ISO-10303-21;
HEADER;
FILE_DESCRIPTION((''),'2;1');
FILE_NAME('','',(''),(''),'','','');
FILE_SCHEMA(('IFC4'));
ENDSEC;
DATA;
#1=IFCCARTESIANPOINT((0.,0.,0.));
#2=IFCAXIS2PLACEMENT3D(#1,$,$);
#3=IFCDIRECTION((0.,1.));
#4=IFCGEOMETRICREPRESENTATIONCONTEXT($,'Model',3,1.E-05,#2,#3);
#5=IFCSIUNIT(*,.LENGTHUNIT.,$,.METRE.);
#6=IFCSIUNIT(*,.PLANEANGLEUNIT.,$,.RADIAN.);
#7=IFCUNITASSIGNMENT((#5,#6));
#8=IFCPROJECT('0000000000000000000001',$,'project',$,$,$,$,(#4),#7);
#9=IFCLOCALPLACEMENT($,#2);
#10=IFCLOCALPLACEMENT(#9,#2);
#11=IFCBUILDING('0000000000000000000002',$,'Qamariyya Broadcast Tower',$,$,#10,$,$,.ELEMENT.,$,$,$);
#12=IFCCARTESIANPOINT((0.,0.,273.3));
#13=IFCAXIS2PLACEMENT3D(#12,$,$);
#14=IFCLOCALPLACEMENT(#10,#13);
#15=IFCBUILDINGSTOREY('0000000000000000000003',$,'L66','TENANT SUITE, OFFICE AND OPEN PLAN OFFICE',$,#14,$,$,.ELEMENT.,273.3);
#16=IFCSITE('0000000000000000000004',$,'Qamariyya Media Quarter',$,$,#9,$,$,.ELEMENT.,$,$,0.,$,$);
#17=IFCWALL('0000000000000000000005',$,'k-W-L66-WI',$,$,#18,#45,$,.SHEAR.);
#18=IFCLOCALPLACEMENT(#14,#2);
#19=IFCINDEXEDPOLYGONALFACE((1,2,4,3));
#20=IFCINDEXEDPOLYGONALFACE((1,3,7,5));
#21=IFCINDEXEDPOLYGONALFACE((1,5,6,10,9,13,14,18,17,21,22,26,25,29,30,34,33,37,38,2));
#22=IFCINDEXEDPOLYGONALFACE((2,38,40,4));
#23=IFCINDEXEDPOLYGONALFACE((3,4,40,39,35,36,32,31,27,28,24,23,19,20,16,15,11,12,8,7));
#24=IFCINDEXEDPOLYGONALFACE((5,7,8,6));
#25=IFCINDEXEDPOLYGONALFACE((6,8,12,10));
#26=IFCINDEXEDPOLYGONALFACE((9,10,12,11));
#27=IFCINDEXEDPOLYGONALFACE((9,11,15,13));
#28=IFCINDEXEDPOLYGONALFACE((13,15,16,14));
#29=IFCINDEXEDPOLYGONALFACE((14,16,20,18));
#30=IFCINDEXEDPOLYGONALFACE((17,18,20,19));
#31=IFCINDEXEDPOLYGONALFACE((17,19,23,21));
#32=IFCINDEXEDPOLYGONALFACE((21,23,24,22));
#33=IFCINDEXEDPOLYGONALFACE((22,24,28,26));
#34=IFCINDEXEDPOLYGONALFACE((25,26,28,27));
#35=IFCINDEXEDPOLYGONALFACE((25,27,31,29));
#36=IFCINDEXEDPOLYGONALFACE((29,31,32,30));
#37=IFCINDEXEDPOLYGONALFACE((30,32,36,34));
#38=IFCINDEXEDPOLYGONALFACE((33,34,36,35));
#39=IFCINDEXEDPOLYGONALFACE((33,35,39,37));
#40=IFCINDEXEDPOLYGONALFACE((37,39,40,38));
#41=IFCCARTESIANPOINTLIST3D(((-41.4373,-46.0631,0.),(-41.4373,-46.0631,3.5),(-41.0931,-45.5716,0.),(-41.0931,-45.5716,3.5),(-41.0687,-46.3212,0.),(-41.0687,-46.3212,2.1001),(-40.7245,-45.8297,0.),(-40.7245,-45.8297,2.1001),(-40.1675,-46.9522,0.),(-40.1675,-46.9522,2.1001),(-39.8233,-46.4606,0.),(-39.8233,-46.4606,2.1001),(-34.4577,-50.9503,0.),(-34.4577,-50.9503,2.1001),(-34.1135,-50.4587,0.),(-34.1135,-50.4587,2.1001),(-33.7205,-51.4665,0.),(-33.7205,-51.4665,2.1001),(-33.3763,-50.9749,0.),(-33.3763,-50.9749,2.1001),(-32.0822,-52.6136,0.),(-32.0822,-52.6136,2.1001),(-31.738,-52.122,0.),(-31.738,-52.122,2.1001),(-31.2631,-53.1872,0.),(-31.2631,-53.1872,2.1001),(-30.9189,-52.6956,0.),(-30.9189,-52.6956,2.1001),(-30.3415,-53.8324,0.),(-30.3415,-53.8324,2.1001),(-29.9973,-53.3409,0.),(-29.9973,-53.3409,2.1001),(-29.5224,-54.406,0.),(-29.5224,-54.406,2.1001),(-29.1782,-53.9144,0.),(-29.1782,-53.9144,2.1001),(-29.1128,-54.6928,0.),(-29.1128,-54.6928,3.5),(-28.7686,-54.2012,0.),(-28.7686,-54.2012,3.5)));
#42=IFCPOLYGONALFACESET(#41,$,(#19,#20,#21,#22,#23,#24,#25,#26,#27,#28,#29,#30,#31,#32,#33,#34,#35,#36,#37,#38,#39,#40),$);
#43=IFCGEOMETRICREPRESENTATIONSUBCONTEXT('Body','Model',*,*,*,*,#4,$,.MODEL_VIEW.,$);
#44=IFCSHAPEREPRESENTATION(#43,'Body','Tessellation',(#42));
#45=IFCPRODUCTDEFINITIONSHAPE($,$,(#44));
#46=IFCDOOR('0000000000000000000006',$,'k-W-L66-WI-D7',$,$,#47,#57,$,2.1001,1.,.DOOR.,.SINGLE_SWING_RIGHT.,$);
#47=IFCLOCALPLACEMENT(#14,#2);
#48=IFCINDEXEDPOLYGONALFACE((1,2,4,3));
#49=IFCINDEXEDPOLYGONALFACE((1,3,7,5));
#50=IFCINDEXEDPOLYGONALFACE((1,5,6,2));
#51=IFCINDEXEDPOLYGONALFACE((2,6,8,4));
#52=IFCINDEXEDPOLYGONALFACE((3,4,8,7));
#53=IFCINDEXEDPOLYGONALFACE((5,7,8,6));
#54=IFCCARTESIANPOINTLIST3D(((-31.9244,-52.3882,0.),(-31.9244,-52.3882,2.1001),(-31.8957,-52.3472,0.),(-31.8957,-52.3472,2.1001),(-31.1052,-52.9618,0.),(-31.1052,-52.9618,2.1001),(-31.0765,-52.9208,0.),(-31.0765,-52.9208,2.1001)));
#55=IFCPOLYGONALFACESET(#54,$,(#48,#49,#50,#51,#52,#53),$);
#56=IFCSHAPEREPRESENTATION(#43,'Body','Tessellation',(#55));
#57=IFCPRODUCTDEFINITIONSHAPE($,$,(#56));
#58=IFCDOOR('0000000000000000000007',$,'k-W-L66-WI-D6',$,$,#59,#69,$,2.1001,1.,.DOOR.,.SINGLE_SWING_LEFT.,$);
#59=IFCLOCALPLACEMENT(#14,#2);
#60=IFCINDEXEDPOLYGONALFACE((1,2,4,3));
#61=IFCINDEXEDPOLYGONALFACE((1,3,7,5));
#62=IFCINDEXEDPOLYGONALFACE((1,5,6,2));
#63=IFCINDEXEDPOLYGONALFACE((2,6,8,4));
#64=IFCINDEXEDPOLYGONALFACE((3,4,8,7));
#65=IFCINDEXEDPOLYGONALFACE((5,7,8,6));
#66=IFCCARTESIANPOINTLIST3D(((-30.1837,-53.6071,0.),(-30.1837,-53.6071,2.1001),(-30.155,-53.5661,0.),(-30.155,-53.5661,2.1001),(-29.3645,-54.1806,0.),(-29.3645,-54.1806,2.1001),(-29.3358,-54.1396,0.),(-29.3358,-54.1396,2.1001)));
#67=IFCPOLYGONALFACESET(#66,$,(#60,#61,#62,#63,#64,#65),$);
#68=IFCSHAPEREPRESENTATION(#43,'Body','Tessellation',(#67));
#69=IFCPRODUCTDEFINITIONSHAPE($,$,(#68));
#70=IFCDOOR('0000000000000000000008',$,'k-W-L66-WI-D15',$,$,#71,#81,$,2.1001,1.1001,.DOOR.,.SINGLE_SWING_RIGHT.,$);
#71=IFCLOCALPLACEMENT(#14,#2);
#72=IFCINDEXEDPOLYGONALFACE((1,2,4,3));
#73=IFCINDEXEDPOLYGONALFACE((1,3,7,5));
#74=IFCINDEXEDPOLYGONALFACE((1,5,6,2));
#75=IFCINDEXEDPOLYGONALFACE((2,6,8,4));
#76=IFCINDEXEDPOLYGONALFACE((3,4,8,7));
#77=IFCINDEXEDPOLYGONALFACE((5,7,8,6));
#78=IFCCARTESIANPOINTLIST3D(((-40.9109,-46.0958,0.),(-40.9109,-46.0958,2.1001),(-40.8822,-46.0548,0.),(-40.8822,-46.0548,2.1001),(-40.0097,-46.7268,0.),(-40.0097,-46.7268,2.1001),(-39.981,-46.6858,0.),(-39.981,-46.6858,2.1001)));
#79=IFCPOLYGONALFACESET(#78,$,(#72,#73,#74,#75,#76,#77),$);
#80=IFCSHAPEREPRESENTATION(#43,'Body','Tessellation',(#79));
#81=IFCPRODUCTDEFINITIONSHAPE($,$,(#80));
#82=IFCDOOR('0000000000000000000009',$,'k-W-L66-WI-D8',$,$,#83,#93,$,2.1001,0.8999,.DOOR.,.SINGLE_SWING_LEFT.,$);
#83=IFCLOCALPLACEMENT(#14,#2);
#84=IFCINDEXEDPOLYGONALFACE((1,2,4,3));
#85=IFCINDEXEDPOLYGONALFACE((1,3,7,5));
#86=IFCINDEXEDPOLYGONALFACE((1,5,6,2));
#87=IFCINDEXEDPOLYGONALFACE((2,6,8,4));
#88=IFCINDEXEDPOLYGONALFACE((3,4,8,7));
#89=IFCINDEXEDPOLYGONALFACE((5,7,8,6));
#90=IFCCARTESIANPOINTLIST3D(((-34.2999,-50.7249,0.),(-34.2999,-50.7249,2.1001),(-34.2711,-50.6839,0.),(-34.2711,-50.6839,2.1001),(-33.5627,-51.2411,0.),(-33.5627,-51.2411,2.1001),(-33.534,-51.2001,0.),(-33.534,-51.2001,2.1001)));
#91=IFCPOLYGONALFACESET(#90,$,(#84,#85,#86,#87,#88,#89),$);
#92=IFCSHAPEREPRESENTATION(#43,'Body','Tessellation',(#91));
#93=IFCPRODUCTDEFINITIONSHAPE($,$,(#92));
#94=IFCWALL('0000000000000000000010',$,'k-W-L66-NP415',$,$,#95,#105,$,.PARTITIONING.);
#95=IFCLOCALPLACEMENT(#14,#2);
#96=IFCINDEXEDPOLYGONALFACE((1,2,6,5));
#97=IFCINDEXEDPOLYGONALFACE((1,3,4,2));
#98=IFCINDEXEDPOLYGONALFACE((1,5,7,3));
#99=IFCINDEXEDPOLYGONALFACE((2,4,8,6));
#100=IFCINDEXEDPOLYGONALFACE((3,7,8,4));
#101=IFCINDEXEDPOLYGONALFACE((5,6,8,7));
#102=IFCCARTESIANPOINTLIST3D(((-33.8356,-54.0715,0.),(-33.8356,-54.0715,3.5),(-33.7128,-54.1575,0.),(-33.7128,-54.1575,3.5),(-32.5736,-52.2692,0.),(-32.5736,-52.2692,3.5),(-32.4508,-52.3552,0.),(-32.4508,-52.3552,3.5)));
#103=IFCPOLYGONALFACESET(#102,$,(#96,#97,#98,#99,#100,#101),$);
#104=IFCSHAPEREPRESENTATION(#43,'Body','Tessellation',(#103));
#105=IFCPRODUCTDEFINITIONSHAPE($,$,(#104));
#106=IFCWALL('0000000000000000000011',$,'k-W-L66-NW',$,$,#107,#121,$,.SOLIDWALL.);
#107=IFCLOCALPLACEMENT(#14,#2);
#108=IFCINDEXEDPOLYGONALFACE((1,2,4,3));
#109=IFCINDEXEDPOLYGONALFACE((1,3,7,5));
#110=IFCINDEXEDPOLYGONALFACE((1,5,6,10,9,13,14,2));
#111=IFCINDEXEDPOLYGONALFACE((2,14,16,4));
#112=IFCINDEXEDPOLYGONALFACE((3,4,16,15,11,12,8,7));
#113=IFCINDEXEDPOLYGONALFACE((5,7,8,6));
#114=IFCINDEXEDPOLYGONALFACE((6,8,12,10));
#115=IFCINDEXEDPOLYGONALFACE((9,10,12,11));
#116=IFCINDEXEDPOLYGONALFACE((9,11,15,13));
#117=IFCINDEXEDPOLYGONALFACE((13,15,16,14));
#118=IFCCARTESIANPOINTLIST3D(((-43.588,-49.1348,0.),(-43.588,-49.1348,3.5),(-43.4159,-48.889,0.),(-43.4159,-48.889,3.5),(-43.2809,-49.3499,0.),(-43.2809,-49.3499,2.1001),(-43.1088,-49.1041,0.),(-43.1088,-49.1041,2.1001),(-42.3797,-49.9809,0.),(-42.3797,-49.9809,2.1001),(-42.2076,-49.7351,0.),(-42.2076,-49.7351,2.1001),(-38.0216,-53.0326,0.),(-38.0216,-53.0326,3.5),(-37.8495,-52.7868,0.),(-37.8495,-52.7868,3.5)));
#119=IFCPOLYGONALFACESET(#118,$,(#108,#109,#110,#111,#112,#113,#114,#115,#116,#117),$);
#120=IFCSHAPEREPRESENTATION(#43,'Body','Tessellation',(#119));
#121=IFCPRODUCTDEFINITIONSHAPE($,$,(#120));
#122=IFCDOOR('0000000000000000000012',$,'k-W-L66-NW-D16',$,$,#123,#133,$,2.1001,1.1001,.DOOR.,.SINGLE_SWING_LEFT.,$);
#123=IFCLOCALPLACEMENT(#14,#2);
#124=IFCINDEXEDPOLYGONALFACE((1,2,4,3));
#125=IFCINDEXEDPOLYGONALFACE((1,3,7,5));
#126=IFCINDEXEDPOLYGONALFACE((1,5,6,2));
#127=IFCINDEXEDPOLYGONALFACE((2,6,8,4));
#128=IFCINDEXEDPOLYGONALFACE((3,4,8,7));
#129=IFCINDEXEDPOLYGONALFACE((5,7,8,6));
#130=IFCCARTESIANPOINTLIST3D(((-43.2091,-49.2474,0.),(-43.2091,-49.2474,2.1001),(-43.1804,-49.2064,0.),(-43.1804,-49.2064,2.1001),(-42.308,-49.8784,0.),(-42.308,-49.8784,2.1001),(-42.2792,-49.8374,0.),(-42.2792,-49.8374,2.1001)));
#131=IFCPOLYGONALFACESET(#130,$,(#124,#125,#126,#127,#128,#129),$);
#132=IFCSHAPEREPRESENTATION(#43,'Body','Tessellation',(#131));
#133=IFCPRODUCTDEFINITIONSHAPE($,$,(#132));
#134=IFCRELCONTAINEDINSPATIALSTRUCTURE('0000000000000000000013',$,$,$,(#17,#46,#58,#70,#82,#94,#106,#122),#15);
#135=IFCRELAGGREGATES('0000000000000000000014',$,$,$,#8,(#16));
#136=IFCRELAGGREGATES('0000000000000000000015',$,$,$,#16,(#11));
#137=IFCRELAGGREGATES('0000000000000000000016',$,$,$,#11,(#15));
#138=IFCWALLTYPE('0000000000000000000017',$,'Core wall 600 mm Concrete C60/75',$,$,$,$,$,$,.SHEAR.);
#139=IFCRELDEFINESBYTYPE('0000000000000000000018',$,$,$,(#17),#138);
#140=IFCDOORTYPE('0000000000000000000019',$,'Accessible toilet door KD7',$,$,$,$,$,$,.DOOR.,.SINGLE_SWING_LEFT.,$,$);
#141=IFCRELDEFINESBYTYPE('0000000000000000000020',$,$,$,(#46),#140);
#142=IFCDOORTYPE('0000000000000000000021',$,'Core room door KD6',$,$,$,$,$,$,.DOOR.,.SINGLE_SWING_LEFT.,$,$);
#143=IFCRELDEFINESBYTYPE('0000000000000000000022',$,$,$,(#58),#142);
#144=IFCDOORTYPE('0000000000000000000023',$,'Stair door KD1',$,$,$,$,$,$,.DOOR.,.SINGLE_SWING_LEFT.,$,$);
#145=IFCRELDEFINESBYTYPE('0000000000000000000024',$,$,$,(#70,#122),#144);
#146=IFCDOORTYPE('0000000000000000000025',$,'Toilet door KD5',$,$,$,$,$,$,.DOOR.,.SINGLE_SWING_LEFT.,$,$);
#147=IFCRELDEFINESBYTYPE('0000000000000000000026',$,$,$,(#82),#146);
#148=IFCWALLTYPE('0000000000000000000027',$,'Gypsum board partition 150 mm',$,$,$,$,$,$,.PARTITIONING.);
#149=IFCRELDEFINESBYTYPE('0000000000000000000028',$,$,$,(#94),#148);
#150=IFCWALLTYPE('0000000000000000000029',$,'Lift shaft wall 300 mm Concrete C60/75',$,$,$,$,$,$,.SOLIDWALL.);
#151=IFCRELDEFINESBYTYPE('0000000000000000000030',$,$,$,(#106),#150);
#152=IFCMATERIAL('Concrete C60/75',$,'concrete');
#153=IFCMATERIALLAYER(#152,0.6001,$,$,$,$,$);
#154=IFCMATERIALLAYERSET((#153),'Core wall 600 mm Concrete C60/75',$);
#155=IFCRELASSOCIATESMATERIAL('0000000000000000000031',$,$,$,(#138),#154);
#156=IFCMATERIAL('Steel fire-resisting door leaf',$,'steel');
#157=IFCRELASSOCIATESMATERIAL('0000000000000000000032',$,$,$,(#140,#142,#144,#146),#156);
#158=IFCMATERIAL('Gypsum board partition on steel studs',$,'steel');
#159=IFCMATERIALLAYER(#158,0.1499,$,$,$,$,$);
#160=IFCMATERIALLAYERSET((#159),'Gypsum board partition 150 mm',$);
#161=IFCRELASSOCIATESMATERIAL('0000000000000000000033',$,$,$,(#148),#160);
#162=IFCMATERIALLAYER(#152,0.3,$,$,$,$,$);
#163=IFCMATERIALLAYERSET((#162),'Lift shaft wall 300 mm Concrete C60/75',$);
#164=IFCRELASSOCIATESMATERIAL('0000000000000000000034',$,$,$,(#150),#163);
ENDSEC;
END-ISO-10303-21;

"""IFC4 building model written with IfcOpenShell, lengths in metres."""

from ifc_helpers import new_model, si_unit, direction, frame, frame_2d, origin, place, context, subcontext, project, spatial, rectangle, extrude, material, layer, layer_set, type_object, element, fill, save


model = new_model("IFC4")

# Units and contexts
model_context = context("Model", 3, precision=1e-05, world=origin(), true_north=direction((0.0, 1.0)))
body_context = subcontext(model_context, "Body", "Model", "MODEL_VIEW")
ifc_project = project(units=[si_unit("LENGTHUNIT", "METRE"), si_unit("PLANEANGLEUNIT", "RADIAN")], contexts=[model_context])

# Site, building, storey
site_placement = place(None, origin())
site = spatial("IfcSite", under=ifc_project, at=site_placement, Name="Qamariyya Media Quarter", CompositionType="ELEMENT", RefElevation=0.0)
building_placement = place(site_placement, origin())
building = spatial("IfcBuilding", under=site, at=building_placement, Name="Qamariyya Broadcast Tower", CompositionType="ELEMENT")
storey_placement = place(building_placement, frame((0.0, 0.0, 273.3)))
storey = spatial("IfcBuildingStorey", under=building, at=storey_placement, Name="L66", Description="TENANT SUITE, OFFICE AND OPEN PLAN OFFICE", CompositionType="ELEMENT", Elevation=273.3)

# Wall, openings, doors
ifc_material_1 = material(Name="Concrete C60/75", Category="concrete")
ifc_layer_1 = layer(ifc_material_1, 0.6001)
ifc_layer_set_1 = layer_set([ifc_layer_1], Name="Core wall 600 mm Concrete C60/75")
wall_type_1 = type_object("IfcWallType", Name="Core wall 600 mm Concrete C60/75", PredefinedType="SHEAR", material=ifc_layer_set_1)
wall_1_placement = place(storey_placement, frame((-28.9407, -54.447, 0.0), z_axis=(0.0, 0.0, 1.0), x_axis=(-0.819153, 0.573575, 0.0)))
wall_1 = element("IfcWall", 1, at=wall_1_placement, inside=storey, type_object=wall_type_1, Name="k-W-L66-WI", PredefinedType="SHEAR", context=body_context, shape_type="SweptSolid", body=[
    extrude(rectangle(XDim=15.0454, YDim=0.6001, at=frame_2d((7.5227, 0.0))), origin(), (0.0, 0.0, 1.0), 3.5),
])
opening_1_placement = place(wall_1_placement, frame((0.5, 0.0, 0.0)))
opening_1 = element("IfcOpeningElement", 2, at=opening_1_placement, cuts=wall_1, PredefinedType="OPENING", context=body_context, shape_type="SweptSolid", body=[
    extrude(rectangle(XDim=1.0, YDim=2.1001, at=frame_2d((0.5, 1.05))), frame((0.0, 0.3101, 0.0), z_axis=(0.0, -1.0, 0.0), x_axis=(1.0, 0.0, 0.0)), (0.0, 0.0, 1.0), 0.6201),
])
opening_2_placement = place(wall_1_placement, frame((2.625, 0.0, 0.0)))
opening_2 = element("IfcOpeningElement", 3, at=opening_2_placement, cuts=wall_1, PredefinedType="OPENING", context=body_context, shape_type="SweptSolid", body=[
    extrude(rectangle(XDim=1.0, YDim=2.1001, at=frame_2d((0.5, 1.05))), frame((0.0, 0.3101, 0.0), z_axis=(0.0, -1.0, 0.0), x_axis=(1.0, 0.0, 0.0)), (0.0, 0.0, 1.0), 0.6201),
])
opening_3_placement = place(wall_1_placement, frame((5.625, 0.0, 0.0)))
opening_3 = element("IfcOpeningElement", 4, at=opening_3_placement, cuts=wall_1, PredefinedType="OPENING", context=body_context, shape_type="SweptSolid", body=[
    extrude(rectangle(XDim=0.8999, YDim=2.1001, at=frame_2d((0.45, 1.05))), frame((0.0, 0.3101, 0.0), z_axis=(0.0, -1.0, 0.0), x_axis=(1.0, 0.0, 0.0)), (0.0, 0.0, 1.0), 0.6201),
])
opening_4_placement = place(wall_1_placement, frame((13.4954, 0.0, 0.0)))
opening_4 = element("IfcOpeningElement", 5, at=opening_4_placement, cuts=wall_1, PredefinedType="OPENING", context=body_context, shape_type="SweptSolid", body=[
    extrude(rectangle(XDim=1.1001, YDim=2.1001, at=frame_2d((0.55, 1.05))), frame((0.0, 0.3101, 0.0), z_axis=(0.0, -1.0, 0.0), x_axis=(1.0, 0.0, 0.0)), (0.0, 0.0, 1.0), 0.6201),
])
ifc_material_2 = material(Name="Steel fire-resisting door leaf", Category="steel")
door_type_1 = type_object("IfcDoorType", Name="Accessible toilet door KD7", OperationType="SINGLE_SWING_LEFT", PredefinedType="DOOR", material=ifc_material_2)
door_1_placement = place(opening_2_placement, origin())
door_1 = element("IfcDoor", 6, at=door_1_placement, inside=storey, type_object=door_type_1, Name="k-W-L66-WI-D7", OperationType="SINGLE_SWING_RIGHT", OverallHeight=2.1001, OverallWidth=1.0, PredefinedType="DOOR", context=body_context, shape_type="SweptSolid", body=[
    extrude(rectangle(XDim=1.0, YDim=2.1001, at=frame_2d((0.5, 1.05))), frame((0.0, 0.0249, 0.0), z_axis=(0.0, -1.0, 0.0), x_axis=(1.0, 0.0, 0.0)), (0.0, 0.0, 1.0), 0.05),
])
fill(opening_2, door_1)
door_type_2 = type_object("IfcDoorType", Name="Core room door KD6", OperationType="SINGLE_SWING_LEFT", PredefinedType="DOOR", material=ifc_material_2)
door_2_placement = place(opening_1_placement, origin())
door_2 = element("IfcDoor", 7, at=door_2_placement, inside=storey, type_object=door_type_2, Name="k-W-L66-WI-D6", OperationType="SINGLE_SWING_LEFT", OverallHeight=2.1001, OverallWidth=1.0, PredefinedType="DOOR", context=body_context, shape_type="SweptSolid", body=[
    extrude(rectangle(XDim=1.0, YDim=2.1001, at=frame_2d((0.5, 1.05))), frame((0.0, 0.0249, 0.0), z_axis=(0.0, -1.0, 0.0), x_axis=(1.0, 0.0, 0.0)), (0.0, 0.0, 1.0), 0.05),
])
fill(opening_1, door_2)
door_type_3 = type_object("IfcDoorType", Name="Stair door KD1", OperationType="SINGLE_SWING_LEFT", PredefinedType="DOOR", material=ifc_material_2)
door_3_placement = place(opening_4_placement, origin())
door_3 = element("IfcDoor", 8, at=door_3_placement, inside=storey, type_object=door_type_3, Name="k-W-L66-WI-D15", OperationType="SINGLE_SWING_RIGHT", OverallHeight=2.1001, OverallWidth=1.1001, PredefinedType="DOOR", context=body_context, shape_type="SweptSolid", body=[
    extrude(rectangle(XDim=1.1001, YDim=2.1001, at=frame_2d((0.55, 1.05))), frame((0.0, 0.0249, 0.0), z_axis=(0.0, -1.0, 0.0), x_axis=(1.0, 0.0, 0.0)), (0.0, 0.0, 1.0), 0.05),
])
fill(opening_4, door_3)
door_type_4 = type_object("IfcDoorType", Name="Toilet door KD5", OperationType="SINGLE_SWING_LEFT", PredefinedType="DOOR", material=ifc_material_2)
door_4_placement = place(opening_3_placement, origin())
door_4 = element("IfcDoor", 9, at=door_4_placement, inside=storey, type_object=door_type_4, Name="k-W-L66-WI-D8", OperationType="SINGLE_SWING_LEFT", OverallHeight=2.1001, OverallWidth=0.8999, PredefinedType="DOOR", context=body_context, shape_type="SweptSolid", body=[
    extrude(rectangle(XDim=0.8999, YDim=2.1001, at=frame_2d((0.45, 1.05))), frame((0.0, 0.0249, 0.0), z_axis=(0.0, -1.0, 0.0), x_axis=(1.0, 0.0, 0.0)), (0.0, 0.0, 1.0), 0.05),
])
fill(opening_3, door_4)

# Wall
ifc_material_3 = material(Name="Gypsum board partition on steel studs", Category="steel")
ifc_layer_2 = layer(ifc_material_3, 0.1499)
ifc_layer_set_2 = layer_set([ifc_layer_2], Name="Gypsum board partition 150 mm")
wall_type_2 = type_object("IfcWallType", Name="Gypsum board partition 150 mm", PredefinedType="PARTITIONING", material=ifc_layer_set_2)
wall_2_placement = place(storey_placement, frame((-33.7742, -54.1145, 0.0), z_axis=(0.0, 0.0, 1.0), x_axis=(0.573581, 0.819149, 0.0)))
element("IfcWall", 10, at=wall_2_placement, inside=storey, type_object=wall_type_2, Name="k-W-L66-NP415", PredefinedType="PARTITIONING", context=body_context, shape_type="SweptSolid", body=[
    extrude(rectangle(XDim=2.2002, YDim=0.1499, at=frame_2d((1.1001, 0.0))), origin(), (0.0, 0.0, 1.0), 3.5),
])

# Wall, opening, door
ifc_layer_3 = layer(ifc_material_1, 0.3)
ifc_layer_set_3 = layer_set([ifc_layer_3], Name="Lift shaft wall 300 mm Concrete C60/75")
wall_type_3 = type_object("IfcWallType", Name="Lift shaft wall 300 mm Concrete C60/75", PredefinedType="SOLIDWALL", material=ifc_layer_set_3)
wall_3_placement = place(storey_placement, frame((-37.9355, -52.9097, 0.0), z_axis=(0.0, 0.0, 1.0), x_axis=(-0.819148, 0.573583, 0.0)))
wall_3 = element("IfcWall", 11, at=wall_3_placement, inside=storey, type_object=wall_type_3, Name="k-W-L66-NW", PredefinedType="SOLIDWALL", context=body_context, shape_type="SweptSolid", body=[
    extrude(rectangle(XDim=6.7954, YDim=0.3, at=frame_2d((3.3977, 0.0))), origin(), (0.0, 0.0, 1.0), 3.5),
])
opening_5_placement = place(wall_3_placement, frame((5.3203, 0.0, 0.0)))
opening_5 = element("IfcOpeningElement", 12, at=opening_5_placement, cuts=wall_3, PredefinedType="OPENING", context=body_context, shape_type="SweptSolid", body=[
    extrude(rectangle(XDim=1.1001, YDim=2.1001, at=frame_2d((0.55, 1.05))), frame((0.0, 0.1599, 0.0), z_axis=(0.0, -1.0, 0.0), x_axis=(1.0, 0.0, 0.0)), (0.0, 0.0, 1.0), 0.3201),
])
door_5_placement = place(opening_5_placement, origin())
door_5 = element("IfcDoor", 13, at=door_5_placement, inside=storey, type_object=door_type_3, Name="k-W-L66-NW-D16", OperationType="SINGLE_SWING_LEFT", OverallHeight=2.1001, OverallWidth=1.1001, PredefinedType="DOOR", context=body_context, shape_type="SweptSolid", body=[
    extrude(rectangle(XDim=1.1001, YDim=2.1001, at=frame_2d((0.55, 1.05))), frame((0.0, 0.0249, 0.0), z_axis=(0.0, -1.0, 0.0), x_axis=(1.0, 0.0, 0.0)), (0.0, 0.0, 1.0), 0.05),
])
fill(opening_5, door_5)

save(model, "model.ifc")
